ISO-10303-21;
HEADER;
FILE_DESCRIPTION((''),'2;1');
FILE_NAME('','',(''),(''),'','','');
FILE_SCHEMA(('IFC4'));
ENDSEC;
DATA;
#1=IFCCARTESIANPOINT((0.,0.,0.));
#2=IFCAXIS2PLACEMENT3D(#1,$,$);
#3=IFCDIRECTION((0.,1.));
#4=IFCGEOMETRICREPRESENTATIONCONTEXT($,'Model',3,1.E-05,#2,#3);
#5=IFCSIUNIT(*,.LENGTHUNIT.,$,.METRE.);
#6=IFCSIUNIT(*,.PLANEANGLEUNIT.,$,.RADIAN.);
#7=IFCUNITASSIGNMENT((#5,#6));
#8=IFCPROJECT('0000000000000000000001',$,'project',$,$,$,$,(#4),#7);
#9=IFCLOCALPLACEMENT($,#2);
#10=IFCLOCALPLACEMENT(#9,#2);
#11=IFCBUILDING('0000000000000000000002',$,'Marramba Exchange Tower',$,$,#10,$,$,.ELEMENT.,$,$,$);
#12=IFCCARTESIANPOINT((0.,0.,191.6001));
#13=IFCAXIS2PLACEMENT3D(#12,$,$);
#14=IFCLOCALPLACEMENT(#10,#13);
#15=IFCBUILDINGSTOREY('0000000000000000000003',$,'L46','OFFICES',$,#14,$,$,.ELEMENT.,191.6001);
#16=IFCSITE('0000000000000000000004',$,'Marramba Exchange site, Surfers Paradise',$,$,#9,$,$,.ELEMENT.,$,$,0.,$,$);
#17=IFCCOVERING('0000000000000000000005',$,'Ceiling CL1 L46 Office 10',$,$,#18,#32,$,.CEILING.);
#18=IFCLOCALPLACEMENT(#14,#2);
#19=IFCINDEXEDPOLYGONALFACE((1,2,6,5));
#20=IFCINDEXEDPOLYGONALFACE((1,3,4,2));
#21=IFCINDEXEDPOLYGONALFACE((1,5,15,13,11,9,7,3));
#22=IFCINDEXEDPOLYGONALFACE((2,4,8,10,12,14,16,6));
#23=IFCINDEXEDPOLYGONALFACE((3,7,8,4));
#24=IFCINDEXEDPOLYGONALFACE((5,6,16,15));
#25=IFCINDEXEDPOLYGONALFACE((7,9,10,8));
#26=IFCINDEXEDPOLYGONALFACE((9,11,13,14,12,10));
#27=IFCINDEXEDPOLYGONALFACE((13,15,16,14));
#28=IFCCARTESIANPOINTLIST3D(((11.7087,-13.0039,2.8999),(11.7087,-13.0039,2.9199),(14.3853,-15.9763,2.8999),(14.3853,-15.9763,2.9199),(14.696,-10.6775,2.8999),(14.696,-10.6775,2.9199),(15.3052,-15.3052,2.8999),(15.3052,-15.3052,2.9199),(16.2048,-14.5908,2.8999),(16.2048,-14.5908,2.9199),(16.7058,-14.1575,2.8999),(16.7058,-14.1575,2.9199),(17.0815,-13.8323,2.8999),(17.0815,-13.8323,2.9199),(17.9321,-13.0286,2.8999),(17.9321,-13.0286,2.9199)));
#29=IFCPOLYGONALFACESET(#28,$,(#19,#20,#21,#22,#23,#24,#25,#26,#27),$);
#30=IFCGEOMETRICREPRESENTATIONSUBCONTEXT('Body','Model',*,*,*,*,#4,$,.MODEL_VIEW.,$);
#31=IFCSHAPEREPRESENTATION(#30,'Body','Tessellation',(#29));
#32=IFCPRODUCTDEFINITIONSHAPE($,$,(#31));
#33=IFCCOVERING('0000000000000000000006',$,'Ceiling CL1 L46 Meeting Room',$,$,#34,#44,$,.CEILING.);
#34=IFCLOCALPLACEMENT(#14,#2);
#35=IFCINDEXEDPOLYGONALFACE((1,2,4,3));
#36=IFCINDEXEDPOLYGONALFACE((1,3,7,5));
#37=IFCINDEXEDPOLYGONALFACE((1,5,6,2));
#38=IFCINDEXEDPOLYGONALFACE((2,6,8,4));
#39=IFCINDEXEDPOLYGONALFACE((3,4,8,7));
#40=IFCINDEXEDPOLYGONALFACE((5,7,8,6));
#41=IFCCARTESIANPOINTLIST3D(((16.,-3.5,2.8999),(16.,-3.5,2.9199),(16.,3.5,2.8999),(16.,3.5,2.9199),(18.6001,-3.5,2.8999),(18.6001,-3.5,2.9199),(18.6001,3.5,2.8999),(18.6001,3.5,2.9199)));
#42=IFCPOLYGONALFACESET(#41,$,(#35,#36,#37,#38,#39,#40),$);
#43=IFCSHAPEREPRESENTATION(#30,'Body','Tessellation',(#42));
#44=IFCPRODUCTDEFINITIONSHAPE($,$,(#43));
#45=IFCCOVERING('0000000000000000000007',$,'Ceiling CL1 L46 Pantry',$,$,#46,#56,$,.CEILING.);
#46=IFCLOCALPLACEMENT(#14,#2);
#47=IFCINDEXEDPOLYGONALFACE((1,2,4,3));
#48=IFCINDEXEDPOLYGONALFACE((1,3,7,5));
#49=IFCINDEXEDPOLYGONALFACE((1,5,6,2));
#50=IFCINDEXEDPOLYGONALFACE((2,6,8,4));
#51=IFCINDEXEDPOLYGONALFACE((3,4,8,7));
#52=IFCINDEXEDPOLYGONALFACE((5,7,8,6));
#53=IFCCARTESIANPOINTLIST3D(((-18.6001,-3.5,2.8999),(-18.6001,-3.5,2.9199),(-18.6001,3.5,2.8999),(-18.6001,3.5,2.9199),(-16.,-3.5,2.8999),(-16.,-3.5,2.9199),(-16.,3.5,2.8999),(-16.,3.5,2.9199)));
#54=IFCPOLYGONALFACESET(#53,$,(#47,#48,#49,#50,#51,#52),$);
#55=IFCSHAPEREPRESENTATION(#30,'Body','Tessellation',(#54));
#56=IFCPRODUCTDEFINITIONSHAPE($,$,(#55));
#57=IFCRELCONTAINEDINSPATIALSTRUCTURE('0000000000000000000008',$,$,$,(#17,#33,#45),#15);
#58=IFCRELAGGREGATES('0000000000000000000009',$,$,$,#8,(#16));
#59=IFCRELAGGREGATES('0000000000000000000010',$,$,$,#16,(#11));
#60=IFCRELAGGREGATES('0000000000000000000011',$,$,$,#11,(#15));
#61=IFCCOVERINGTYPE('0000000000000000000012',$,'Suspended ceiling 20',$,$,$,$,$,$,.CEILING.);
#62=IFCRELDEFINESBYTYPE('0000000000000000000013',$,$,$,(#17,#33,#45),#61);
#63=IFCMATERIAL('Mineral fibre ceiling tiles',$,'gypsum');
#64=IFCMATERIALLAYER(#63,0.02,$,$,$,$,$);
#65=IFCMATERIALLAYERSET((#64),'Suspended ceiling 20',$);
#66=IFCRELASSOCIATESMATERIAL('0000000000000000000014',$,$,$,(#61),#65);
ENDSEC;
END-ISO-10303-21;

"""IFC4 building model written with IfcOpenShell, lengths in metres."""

from ifc_helpers import new_model, si_unit, direction, frame, origin, place, context, subcontext, project, spatial, polyline, outline, extrude, material, layer, layer_set, type_object, element, save


model = new_model("IFC4")

# Units and contexts
model_context = context("Model", 3, precision=1e-05, world=origin(), true_north=direction((0.0, 1.0)))
body_context = subcontext(model_context, "Body", "Model", "MODEL_VIEW")
ifc_project = project(units=[si_unit("LENGTHUNIT", "METRE"), si_unit("PLANEANGLEUNIT", "RADIAN")], contexts=[model_context])

# Site, building, storey
site_placement = place(None, origin())
site = spatial("IfcSite", under=ifc_project, at=site_placement, Name="Marramba Exchange site, Surfers Paradise", CompositionType="ELEMENT", RefElevation=0.0)
building_placement = place(site_placement, origin())
building = spatial("IfcBuilding", under=site, at=building_placement, Name="Marramba Exchange Tower", CompositionType="ELEMENT")
storey_placement = place(building_placement, frame((0.0, 0.0, 191.6001)))
storey = spatial("IfcBuildingStorey", under=building, at=storey_placement, Name="L46", Description="OFFICES", CompositionType="ELEMENT", Elevation=191.6001)

# Coverings
ifc_material_1 = material(Name="Mineral fibre ceiling tiles", Category="gypsum")
ifc_layer_1 = layer(ifc_material_1, 0.02)
ifc_layer_set_1 = layer_set([ifc_layer_1], Name="Suspended ceiling 20")
covering_type = type_object("IfcCoveringType", Name="Suspended ceiling 20", PredefinedType="CEILING", material=ifc_layer_set_1)
covering_1_placement = place(storey_placement, frame((0.0, 0.0, 2.8999)))
element("IfcCovering", 1, at=covering_1_placement, inside=storey, type_object=covering_type, Name="Ceiling CL1 L46 Office 10", PredefinedType="CEILING", context=body_context, shape_type="SweptSolid", body=[
    extrude(outline(polyline([(17.0815, -13.8323), (16.7058, -14.1575), (16.2048, -14.5908), (15.3052, -15.3052), (14.3853, -15.9763), (11.7087, -13.0039), (14.696, -10.6775), (17.9321, -13.0286), (17.0815, -13.8323)])), origin(), (0.0, 0.0, 1.0), 0.02),
])
covering_2_placement = place(storey_placement, frame((0.0, 0.0, 2.8999)))
element("IfcCovering", 2, at=covering_2_placement, inside=storey, type_object=covering_type, Name="Ceiling CL1 L46 Meeting Room", PredefinedType="CEILING", context=body_context, shape_type="SweptSolid", body=[
    extrude(outline(polyline([(18.6001, -3.5), (16.0, -3.5), (16.0, 3.5), (18.6001, 3.5), (18.6001, -3.5)])), origin(), (0.0, 0.0, 1.0), 0.02),
])
covering_3_placement = place(storey_placement, frame((0.0, 0.0, 2.8999)))
element("IfcCovering", 3, at=covering_3_placement, inside=storey, type_object=covering_type, Name="Ceiling CL1 L46 Pantry", PredefinedType="CEILING", context=body_context, shape_type="SweptSolid", body=[
    extrude(outline(polyline([(-16.0, -3.5), (-18.6001, -3.5), (-18.6001, 3.5), (-16.0, 3.5), (-16.0, -3.5)])), origin(), (0.0, 0.0, 1.0), 0.02),
])

save(model, "model.ifc")
